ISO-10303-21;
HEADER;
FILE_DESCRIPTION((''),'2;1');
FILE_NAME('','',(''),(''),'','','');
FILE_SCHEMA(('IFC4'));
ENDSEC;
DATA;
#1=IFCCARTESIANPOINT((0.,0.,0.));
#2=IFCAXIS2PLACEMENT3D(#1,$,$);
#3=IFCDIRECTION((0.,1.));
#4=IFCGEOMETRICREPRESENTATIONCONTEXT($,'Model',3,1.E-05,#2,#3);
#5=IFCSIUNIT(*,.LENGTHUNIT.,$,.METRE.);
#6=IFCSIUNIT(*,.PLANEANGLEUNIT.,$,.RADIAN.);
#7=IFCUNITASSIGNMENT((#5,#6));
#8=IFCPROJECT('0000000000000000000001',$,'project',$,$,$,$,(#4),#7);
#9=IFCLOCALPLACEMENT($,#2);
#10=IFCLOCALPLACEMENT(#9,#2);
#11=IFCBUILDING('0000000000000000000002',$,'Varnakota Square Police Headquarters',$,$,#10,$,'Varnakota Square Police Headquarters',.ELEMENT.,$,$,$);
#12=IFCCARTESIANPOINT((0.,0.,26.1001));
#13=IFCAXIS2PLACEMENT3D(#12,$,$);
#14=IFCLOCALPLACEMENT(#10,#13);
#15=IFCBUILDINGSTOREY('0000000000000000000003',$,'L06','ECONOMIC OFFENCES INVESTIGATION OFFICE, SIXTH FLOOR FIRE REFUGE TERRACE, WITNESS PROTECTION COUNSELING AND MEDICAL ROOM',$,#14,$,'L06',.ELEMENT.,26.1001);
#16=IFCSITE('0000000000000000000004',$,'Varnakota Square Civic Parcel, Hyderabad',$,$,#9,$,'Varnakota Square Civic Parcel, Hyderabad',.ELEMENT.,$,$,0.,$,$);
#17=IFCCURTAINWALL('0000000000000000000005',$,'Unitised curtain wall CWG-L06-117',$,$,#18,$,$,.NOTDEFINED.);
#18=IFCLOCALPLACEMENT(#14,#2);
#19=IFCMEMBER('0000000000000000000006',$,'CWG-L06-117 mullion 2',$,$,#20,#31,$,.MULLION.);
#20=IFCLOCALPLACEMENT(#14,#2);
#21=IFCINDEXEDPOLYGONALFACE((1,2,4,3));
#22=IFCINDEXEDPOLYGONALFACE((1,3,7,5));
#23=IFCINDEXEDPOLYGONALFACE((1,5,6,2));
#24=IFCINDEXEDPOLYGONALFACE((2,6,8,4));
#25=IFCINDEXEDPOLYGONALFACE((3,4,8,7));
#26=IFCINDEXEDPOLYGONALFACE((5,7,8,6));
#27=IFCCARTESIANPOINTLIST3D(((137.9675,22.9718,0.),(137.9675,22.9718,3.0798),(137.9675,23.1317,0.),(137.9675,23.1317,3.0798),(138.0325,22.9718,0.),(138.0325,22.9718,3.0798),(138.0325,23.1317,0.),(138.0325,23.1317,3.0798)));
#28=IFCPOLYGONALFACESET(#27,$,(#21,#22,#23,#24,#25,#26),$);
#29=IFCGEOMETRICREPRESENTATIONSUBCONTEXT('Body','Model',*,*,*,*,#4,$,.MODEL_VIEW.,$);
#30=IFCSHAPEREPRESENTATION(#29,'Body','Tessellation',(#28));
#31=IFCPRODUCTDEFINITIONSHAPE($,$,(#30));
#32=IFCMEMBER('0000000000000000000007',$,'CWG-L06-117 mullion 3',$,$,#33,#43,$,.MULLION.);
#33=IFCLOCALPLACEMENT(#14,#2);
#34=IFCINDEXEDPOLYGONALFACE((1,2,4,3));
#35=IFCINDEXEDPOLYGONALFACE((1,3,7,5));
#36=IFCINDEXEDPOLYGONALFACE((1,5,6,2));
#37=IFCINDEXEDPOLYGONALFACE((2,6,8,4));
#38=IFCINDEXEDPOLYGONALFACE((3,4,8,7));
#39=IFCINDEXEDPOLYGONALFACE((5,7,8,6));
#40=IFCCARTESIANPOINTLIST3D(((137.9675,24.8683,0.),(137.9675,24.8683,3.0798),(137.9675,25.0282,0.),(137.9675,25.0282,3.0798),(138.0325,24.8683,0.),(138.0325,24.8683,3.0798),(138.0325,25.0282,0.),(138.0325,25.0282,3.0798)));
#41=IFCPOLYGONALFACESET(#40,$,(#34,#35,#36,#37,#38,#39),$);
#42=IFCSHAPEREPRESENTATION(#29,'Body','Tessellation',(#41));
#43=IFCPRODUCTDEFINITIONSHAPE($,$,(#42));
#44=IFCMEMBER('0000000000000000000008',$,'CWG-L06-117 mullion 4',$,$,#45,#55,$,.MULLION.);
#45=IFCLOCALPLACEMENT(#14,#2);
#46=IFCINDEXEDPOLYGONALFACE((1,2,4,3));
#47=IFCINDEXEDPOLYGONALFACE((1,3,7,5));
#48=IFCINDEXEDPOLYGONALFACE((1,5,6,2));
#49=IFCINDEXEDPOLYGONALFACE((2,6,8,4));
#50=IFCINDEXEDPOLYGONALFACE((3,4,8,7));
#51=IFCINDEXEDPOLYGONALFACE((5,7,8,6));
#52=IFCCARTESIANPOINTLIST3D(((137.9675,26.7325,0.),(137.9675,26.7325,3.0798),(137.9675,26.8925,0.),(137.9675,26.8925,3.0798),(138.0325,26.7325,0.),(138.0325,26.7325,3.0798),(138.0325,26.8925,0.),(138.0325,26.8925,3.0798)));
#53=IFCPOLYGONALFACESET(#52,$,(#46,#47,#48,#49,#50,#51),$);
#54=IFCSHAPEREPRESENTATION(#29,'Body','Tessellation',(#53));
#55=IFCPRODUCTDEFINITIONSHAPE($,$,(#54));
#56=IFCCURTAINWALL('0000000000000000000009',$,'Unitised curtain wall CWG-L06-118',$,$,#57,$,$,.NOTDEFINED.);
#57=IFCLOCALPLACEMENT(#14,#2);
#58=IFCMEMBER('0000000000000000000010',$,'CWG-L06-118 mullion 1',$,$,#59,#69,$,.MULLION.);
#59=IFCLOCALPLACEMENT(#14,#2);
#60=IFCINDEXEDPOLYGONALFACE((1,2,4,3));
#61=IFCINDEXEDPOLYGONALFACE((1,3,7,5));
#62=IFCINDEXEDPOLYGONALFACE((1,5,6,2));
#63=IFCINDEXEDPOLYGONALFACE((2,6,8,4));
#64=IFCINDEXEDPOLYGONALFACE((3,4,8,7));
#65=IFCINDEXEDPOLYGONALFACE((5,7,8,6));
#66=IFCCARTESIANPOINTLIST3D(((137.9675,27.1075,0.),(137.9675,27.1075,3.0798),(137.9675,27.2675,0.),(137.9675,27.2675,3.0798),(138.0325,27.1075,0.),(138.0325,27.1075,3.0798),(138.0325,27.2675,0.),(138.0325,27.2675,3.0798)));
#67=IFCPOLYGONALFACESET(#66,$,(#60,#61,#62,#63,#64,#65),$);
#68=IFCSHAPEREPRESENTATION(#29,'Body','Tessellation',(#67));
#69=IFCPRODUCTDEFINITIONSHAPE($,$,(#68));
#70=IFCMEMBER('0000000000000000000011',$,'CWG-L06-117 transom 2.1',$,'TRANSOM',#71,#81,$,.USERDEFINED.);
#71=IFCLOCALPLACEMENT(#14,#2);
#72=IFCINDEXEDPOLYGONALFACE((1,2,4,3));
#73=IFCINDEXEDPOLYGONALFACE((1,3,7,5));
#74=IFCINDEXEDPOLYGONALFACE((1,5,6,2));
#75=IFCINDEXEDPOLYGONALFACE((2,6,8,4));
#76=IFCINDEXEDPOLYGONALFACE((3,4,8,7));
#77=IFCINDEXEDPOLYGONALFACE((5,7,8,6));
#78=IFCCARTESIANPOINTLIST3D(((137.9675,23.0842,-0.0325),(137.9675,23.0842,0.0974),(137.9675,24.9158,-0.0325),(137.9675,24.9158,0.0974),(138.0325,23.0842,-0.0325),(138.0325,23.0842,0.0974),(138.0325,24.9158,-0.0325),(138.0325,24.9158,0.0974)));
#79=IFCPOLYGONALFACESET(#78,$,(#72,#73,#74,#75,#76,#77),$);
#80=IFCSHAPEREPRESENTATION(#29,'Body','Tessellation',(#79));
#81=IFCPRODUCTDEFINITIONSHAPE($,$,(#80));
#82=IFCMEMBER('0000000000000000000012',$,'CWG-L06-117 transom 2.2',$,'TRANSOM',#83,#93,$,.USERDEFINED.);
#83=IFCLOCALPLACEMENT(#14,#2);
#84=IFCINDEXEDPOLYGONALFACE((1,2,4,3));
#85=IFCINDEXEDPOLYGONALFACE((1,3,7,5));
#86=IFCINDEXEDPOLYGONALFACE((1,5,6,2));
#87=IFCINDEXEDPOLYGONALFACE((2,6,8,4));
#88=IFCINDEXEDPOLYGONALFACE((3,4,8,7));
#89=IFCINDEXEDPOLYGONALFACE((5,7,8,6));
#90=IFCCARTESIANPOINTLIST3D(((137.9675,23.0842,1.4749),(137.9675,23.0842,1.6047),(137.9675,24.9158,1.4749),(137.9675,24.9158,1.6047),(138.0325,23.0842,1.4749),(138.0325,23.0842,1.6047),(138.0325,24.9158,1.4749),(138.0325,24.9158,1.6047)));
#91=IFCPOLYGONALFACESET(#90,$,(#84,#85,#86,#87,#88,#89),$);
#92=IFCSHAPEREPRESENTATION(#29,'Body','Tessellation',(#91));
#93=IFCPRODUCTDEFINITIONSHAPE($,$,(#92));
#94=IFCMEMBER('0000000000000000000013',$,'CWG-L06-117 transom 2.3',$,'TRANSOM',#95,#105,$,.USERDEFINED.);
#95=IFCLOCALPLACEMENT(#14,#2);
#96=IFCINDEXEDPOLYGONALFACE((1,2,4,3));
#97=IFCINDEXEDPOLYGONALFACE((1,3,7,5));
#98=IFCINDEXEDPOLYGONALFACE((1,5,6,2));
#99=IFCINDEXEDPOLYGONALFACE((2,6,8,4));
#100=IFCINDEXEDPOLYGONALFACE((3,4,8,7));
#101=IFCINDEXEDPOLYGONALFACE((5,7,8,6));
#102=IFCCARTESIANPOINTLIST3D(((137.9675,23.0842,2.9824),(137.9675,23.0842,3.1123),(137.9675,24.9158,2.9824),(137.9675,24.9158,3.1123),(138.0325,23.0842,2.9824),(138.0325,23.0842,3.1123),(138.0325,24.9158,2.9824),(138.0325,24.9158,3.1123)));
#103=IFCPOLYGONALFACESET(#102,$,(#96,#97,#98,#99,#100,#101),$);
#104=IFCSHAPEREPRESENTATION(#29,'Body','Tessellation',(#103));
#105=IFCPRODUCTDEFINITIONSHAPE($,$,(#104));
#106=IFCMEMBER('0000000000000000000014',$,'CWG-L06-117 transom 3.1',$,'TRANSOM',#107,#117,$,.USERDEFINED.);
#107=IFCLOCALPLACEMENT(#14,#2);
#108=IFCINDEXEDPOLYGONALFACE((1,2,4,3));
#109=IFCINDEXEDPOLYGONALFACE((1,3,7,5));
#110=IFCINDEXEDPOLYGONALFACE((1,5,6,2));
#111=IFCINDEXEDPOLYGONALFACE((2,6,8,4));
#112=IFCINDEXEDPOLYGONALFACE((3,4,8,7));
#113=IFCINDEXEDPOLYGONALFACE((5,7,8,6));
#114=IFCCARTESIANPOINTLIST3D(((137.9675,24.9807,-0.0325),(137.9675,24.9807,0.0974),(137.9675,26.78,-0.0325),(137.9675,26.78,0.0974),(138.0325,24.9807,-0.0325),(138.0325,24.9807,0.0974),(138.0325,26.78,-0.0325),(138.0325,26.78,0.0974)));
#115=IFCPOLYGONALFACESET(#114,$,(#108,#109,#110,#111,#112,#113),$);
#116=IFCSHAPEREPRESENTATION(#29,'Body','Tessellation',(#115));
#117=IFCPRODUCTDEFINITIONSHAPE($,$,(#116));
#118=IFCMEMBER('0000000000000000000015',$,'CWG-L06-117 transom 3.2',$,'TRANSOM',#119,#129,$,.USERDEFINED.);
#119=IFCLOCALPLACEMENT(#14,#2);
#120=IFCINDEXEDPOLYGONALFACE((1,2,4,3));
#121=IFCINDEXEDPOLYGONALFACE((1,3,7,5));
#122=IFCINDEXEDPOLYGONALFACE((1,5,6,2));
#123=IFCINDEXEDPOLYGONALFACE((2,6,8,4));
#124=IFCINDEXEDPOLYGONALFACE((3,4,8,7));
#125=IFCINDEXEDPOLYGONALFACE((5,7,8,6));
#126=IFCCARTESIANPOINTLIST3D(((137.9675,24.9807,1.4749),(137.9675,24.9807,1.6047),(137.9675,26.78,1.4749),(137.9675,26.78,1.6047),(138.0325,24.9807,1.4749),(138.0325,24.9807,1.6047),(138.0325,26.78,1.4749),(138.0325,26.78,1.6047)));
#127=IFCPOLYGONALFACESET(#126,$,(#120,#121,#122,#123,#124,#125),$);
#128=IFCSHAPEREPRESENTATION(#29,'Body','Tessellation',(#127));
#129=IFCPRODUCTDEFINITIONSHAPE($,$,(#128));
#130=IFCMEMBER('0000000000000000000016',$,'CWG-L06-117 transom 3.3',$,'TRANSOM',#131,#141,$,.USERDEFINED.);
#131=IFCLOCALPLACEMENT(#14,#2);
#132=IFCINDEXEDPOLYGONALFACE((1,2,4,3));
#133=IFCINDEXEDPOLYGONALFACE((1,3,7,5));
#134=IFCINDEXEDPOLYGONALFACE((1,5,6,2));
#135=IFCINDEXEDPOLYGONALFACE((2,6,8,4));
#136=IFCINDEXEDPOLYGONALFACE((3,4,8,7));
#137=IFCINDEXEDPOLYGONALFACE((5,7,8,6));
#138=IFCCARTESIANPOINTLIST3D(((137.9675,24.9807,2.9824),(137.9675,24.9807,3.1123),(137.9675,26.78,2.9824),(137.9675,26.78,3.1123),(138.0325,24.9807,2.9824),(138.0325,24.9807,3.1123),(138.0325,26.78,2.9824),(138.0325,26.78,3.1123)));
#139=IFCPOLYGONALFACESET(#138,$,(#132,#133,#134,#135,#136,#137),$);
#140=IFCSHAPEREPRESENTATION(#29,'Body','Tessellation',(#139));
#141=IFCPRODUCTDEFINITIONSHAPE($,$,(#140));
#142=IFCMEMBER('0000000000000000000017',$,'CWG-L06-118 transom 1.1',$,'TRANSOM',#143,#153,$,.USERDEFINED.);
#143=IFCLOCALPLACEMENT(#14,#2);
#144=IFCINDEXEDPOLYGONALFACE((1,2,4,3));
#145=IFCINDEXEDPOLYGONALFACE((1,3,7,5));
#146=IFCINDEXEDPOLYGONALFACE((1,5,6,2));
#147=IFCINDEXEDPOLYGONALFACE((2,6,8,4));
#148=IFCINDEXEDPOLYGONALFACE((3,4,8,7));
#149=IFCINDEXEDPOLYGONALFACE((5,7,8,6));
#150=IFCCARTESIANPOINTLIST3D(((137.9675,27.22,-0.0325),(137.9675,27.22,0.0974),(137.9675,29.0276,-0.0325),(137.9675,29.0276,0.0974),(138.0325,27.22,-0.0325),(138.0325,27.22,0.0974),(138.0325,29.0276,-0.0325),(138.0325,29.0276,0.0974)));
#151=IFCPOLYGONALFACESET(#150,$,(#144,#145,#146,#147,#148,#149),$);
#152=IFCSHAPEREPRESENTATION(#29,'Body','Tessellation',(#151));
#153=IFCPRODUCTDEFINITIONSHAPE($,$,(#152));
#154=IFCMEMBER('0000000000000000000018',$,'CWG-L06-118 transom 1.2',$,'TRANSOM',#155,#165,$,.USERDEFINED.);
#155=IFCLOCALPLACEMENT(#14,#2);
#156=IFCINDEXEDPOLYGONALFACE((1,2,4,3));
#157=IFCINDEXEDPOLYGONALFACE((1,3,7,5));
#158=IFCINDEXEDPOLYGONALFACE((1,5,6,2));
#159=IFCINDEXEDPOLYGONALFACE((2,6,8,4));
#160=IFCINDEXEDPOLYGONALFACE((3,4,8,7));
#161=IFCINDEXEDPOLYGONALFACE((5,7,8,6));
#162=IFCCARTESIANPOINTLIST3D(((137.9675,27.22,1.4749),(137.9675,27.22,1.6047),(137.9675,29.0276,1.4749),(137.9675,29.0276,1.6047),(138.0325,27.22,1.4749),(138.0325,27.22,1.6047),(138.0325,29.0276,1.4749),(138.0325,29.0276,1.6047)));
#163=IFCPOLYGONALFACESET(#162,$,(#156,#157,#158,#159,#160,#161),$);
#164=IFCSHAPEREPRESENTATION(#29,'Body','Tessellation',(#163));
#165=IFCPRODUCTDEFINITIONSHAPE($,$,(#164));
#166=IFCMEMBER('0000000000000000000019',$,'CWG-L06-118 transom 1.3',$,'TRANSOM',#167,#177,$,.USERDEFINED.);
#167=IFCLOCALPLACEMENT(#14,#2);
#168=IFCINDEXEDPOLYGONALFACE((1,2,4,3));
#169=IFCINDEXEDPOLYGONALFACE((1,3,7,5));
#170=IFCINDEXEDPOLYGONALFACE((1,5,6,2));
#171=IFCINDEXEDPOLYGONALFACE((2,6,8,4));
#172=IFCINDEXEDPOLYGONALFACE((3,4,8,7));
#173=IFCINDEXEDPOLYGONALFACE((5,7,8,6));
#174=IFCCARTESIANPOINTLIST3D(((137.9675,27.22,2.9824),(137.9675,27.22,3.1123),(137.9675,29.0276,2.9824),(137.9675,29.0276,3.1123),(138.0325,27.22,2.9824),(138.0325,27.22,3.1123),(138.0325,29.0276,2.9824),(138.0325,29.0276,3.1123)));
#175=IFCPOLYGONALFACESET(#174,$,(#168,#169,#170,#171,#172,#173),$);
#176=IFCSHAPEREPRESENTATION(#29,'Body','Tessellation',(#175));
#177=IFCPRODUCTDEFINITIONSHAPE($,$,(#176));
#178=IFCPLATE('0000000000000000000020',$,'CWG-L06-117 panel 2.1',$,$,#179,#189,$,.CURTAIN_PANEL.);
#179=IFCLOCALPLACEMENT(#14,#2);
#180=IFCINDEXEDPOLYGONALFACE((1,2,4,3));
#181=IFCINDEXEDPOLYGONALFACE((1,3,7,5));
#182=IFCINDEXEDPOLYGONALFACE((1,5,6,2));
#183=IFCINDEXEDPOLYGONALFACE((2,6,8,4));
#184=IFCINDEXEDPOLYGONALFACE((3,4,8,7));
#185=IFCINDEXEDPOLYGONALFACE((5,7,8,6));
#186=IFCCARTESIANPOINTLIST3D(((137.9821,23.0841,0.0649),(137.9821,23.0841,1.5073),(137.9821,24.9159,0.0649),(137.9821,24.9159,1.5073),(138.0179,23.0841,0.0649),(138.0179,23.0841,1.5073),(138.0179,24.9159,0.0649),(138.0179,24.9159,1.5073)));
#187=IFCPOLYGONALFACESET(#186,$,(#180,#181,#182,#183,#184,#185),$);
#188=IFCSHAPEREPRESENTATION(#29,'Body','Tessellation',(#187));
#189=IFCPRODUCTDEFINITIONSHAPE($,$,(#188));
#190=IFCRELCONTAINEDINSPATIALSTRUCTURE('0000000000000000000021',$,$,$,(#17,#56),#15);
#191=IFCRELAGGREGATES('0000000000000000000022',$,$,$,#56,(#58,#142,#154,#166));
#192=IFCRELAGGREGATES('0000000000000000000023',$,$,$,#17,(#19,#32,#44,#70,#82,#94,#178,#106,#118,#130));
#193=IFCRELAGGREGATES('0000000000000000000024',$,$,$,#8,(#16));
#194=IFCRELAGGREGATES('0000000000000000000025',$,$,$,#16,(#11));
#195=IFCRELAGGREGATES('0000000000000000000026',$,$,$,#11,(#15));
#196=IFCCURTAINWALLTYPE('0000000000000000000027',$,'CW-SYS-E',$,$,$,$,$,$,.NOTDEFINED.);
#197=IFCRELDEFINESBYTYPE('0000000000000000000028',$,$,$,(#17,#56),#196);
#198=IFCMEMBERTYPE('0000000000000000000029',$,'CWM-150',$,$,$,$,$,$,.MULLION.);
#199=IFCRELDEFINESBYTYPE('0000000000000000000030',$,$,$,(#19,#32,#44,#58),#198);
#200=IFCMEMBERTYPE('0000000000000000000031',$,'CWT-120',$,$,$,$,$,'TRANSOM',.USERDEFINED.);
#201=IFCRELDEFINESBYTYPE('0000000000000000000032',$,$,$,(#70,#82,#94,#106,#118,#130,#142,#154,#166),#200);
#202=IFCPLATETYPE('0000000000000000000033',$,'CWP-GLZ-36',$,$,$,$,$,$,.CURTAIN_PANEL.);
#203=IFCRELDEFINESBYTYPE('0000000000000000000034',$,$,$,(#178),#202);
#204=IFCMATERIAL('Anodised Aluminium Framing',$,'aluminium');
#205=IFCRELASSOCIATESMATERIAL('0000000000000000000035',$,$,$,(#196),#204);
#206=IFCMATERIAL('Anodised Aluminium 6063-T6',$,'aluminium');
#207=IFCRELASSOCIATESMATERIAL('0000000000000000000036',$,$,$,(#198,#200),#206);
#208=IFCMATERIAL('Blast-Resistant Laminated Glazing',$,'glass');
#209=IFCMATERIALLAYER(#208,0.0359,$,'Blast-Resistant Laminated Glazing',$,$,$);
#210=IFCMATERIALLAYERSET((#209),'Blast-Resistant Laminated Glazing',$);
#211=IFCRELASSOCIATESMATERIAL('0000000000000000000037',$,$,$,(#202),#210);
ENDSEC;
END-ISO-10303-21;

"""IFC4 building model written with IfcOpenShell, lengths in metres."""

from ifc_helpers import new_model, si_unit, direction, frame, origin, origin_2d, place, context, subcontext, project, spatial, rectangle, extrude, material, layer, layer_set, material_profile, profile_set, type_object, element, aggregate, save


model = new_model("IFC4")

# Units and contexts
model_context = context("Model", 3, precision=1e-05, world=origin(), true_north=direction((0.0, 1.0)))
body_context = subcontext(model_context, "Body", "Model", "MODEL_VIEW")
ifc_project = project(units=[si_unit("LENGTHUNIT", "METRE"), si_unit("PLANEANGLEUNIT", "RADIAN")], contexts=[model_context])

# Site, building, storey
site_placement = place(None, origin())
site = spatial("IfcSite", under=ifc_project, at=site_placement, Name="Varnakota Square Civic Parcel, Hyderabad", LongName="Varnakota Square Civic Parcel, Hyderabad", CompositionType="ELEMENT", RefElevation=0.0)
building_placement = place(site_placement, origin())
building = spatial("IfcBuilding", under=site, at=building_placement, Name="Varnakota Square Police Headquarters", LongName="Varnakota Square Police Headquarters", CompositionType="ELEMENT")
storey_placement = place(building_placement, frame((0.0, 0.0, 26.1001)))
storey = spatial("IfcBuildingStorey", under=building, at=storey_placement, Name="L06", Description="ECONOMIC OFFENCES INVESTIGATION OFFICE, SIXTH FLOOR FIRE REFUGE TERRACE, WITNESS PROTECTION COUNSELING AND MEDICAL ROOM", LongName="L06", CompositionType="ELEMENT", Elevation=26.1001)

# Curtain wall, members
ifc_material_1 = material(Name="Anodised Aluminium Framing", Category="aluminium")
curtain_wall_type = type_object("IfcCurtainWallType", Name="CW-SYS-E", PredefinedType="NOTDEFINED", material=ifc_material_1)
curtain_wall_1_placement = place(storey_placement, origin())
curtain_wall_1 = element("IfcCurtainWall", 1, at=curtain_wall_1_placement, inside=storey, type_object=curtain_wall_type, Name="Unitised curtain wall CWG-L06-117", PredefinedType="NOTDEFINED")
ifc_material_2 = material(Name="Anodised Aluminium 6063-T6", Category="aluminium")
ifc_material_profile_1 = material_profile(ifc_material_2, rectangle(XDim=0.0649, YDim=0.1599, at=origin_2d()), Name="ALU MULLION 65x160")
ifc_profile_set_1 = profile_set([ifc_material_profile_1], Name="Anodised Aluminium 6063-T6")
member_type_1 = type_object("IfcMemberType", Name="CWM-150", PredefinedType="MULLION", material=ifc_profile_set_1)
member_1_placement = place(storey_placement, frame((138.0, 23.0518, 0.0), z_axis=(0.0, 0.0, 1.0), x_axis=(-1.0, 0.0, 0.0)))
member_1 = element("IfcMember", 2, at=member_1_placement, type_object=member_type_1, Name="CWG-L06-117 mullion 2", PredefinedType="MULLION", context=body_context, shape_type="SweptSolid", body=[
    extrude(rectangle(XDim=0.0649, YDim=0.1599, at=origin_2d()), origin(), (0.0, 0.0, 1.0), 3.0798),
])
member_2_placement = place(storey_placement, frame((138.0, 24.9482, 0.0), z_axis=(0.0, 0.0, 1.0), x_axis=(-1.0, 0.0, 0.0)))
member_2 = element("IfcMember", 3, at=member_2_placement, type_object=member_type_1, Name="CWG-L06-117 mullion 3", PredefinedType="MULLION", context=body_context, shape_type="SweptSolid", body=[
    extrude(rectangle(XDim=0.0649, YDim=0.1599, at=origin_2d()), origin(), (0.0, 0.0, 1.0), 3.0798),
])
member_3_placement = place(storey_placement, frame((138.0, 26.8125, 0.0), z_axis=(0.0, 0.0, 1.0), x_axis=(-1.0, 0.0, 0.0)))
member_3 = element("IfcMember", 4, at=member_3_placement, type_object=member_type_1, Name="CWG-L06-117 mullion 4", PredefinedType="MULLION", context=body_context, shape_type="SweptSolid", body=[
    extrude(rectangle(XDim=0.0649, YDim=0.1599, at=origin_2d()), origin(), (0.0, 0.0, 1.0), 3.0798),
])

# Curtain wall, member
curtain_wall_2_placement = place(storey_placement, origin())
curtain_wall_2 = element("IfcCurtainWall", 5, at=curtain_wall_2_placement, inside=storey, type_object=curtain_wall_type, Name="Unitised curtain wall CWG-L06-118", PredefinedType="NOTDEFINED")
member_4_placement = place(storey_placement, frame((138.0, 27.1875, 0.0), z_axis=(0.0, 0.0, 1.0), x_axis=(-1.0, 0.0, 0.0)))
member_4 = element("IfcMember", 6, at=member_4_placement, type_object=member_type_1, Name="CWG-L06-118 mullion 1", PredefinedType="MULLION", context=body_context, shape_type="SweptSolid", body=[
    extrude(rectangle(XDim=0.0649, YDim=0.1599, at=origin_2d()), origin(), (0.0, 0.0, 1.0), 3.0798),
])

# Members
ifc_material_profile_2 = material_profile(ifc_material_2, rectangle(XDim=0.0649, YDim=0.1299, at=origin_2d()), Name="ALU TRANSOM 65x130")
ifc_profile_set_2 = profile_set([ifc_material_profile_2], Name="Anodised Aluminium 6063-T6")
member_type_2 = type_object("IfcMemberType", Name="CWT-120", ElementType="TRANSOM", PredefinedType="USERDEFINED", material=ifc_profile_set_2)
member_5_placement = place(storey_placement, frame((138.0, 23.0842, 0.0325), z_axis=(0.0, 1.0, 0.0), x_axis=(-1.0, 0.0, 0.0)))
member_5 = element("IfcMember", 7, at=member_5_placement, type_object=member_type_2, Name="CWG-L06-117 transom 2.1", ObjectType="TRANSOM", PredefinedType="USERDEFINED", context=body_context, shape_type="SweptSolid", body=[
    extrude(rectangle(XDim=0.0649, YDim=0.1299, at=origin_2d()), origin(), (0.0, 0.0, 1.0), 1.8315),
])
member_6_placement = place(storey_placement, frame((138.0, 23.0842, 1.5398), z_axis=(0.0, 1.0, 0.0), x_axis=(-1.0, 0.0, 0.0)))
member_6 = element("IfcMember", 8, at=member_6_placement, type_object=member_type_2, Name="CWG-L06-117 transom 2.2", ObjectType="TRANSOM", PredefinedType="USERDEFINED", context=body_context, shape_type="SweptSolid", body=[
    extrude(rectangle(XDim=0.0649, YDim=0.1299, at=origin_2d()), origin(), (0.0, 0.0, 1.0), 1.8315),
])
member_7_placement = place(storey_placement, frame((138.0, 23.0842, 3.0474), z_axis=(0.0, 1.0, 0.0), x_axis=(-1.0, 0.0, 0.0)))
member_7 = element("IfcMember", 9, at=member_7_placement, type_object=member_type_2, Name="CWG-L06-117 transom 2.3", ObjectType="TRANSOM", PredefinedType="USERDEFINED", context=body_context, shape_type="SweptSolid", body=[
    extrude(rectangle(XDim=0.0649, YDim=0.1299, at=origin_2d()), origin(), (0.0, 0.0, 1.0), 1.8315),
])
member_8_placement = place(storey_placement, frame((138.0, 24.9807, 0.0325), z_axis=(0.0, 1.0, 0.0), x_axis=(-1.0, 0.0, 0.0)))
member_8 = element("IfcMember", 10, at=member_8_placement, type_object=member_type_2, Name="CWG-L06-117 transom 3.1", ObjectType="TRANSOM", PredefinedType="USERDEFINED", context=body_context, shape_type="SweptSolid", body=[
    extrude(rectangle(XDim=0.0649, YDim=0.1299, at=origin_2d()), origin(), (0.0, 0.0, 1.0), 1.7993),
])
member_9_placement = place(storey_placement, frame((138.0, 24.9807, 1.5398), z_axis=(0.0, 1.0, 0.0), x_axis=(-1.0, 0.0, 0.0)))
member_9 = element("IfcMember", 11, at=member_9_placement, type_object=member_type_2, Name="CWG-L06-117 transom 3.2", ObjectType="TRANSOM", PredefinedType="USERDEFINED", context=body_context, shape_type="SweptSolid", body=[
    extrude(rectangle(XDim=0.0649, YDim=0.1299, at=origin_2d()), origin(), (0.0, 0.0, 1.0), 1.7993),
])
member_10_placement = place(storey_placement, frame((138.0, 24.9807, 3.0474), z_axis=(0.0, 1.0, 0.0), x_axis=(-1.0, 0.0, 0.0)))
member_10 = element("IfcMember", 12, at=member_10_placement, type_object=member_type_2, Name="CWG-L06-117 transom 3.3", ObjectType="TRANSOM", PredefinedType="USERDEFINED", context=body_context, shape_type="SweptSolid", body=[
    extrude(rectangle(XDim=0.0649, YDim=0.1299, at=origin_2d()), origin(), (0.0, 0.0, 1.0), 1.7993),
])
member_11_placement = place(storey_placement, frame((138.0, 27.22, 0.0325), z_axis=(0.0, 1.0, 0.0), x_axis=(-1.0, 0.0, 0.0)))
member_11 = element("IfcMember", 13, at=member_11_placement, type_object=member_type_2, Name="CWG-L06-118 transom 1.1", ObjectType="TRANSOM", PredefinedType="USERDEFINED", context=body_context, shape_type="SweptSolid", body=[
    extrude(rectangle(XDim=0.0649, YDim=0.1299, at=origin_2d()), origin(), (0.0, 0.0, 1.0), 1.8076),
])
member_12_placement = place(storey_placement, frame((138.0, 27.22, 1.5398), z_axis=(0.0, 1.0, 0.0), x_axis=(-1.0, 0.0, 0.0)))
member_12 = element("IfcMember", 14, at=member_12_placement, type_object=member_type_2, Name="CWG-L06-118 transom 1.2", ObjectType="TRANSOM", PredefinedType="USERDEFINED", context=body_context, shape_type="SweptSolid", body=[
    extrude(rectangle(XDim=0.0649, YDim=0.1299, at=origin_2d()), origin(), (0.0, 0.0, 1.0), 1.8076),
])
member_13_placement = place(storey_placement, frame((138.0, 27.22, 3.0474), z_axis=(0.0, 1.0, 0.0), x_axis=(-1.0, 0.0, 0.0)))
member_13 = element("IfcMember", 15, at=member_13_placement, type_object=member_type_2, Name="CWG-L06-118 transom 1.3", ObjectType="TRANSOM", PredefinedType="USERDEFINED", context=body_context, shape_type="SweptSolid", body=[
    extrude(rectangle(XDim=0.0649, YDim=0.1299, at=origin_2d()), origin(), (0.0, 0.0, 1.0), 1.8076),
])

# Plate
ifc_material_3 = material(Name="Blast-Resistant Laminated Glazing", Category="glass")
ifc_layer_1 = layer(ifc_material_3, 0.0359, Name="Blast-Resistant Laminated Glazing")
ifc_layer_set_1 = layer_set([ifc_layer_1], Name="Blast-Resistant Laminated Glazing")
plate_type_1 = type_object("IfcPlateType", Name="CWP-GLZ-36", PredefinedType="CURTAIN_PANEL", material=ifc_layer_set_1)
plate_1_placement = place(storey_placement, frame((138.0, 24.0, 0.0649), z_axis=(0.0, 0.0, 1.0), x_axis=(0.0, 1.0, 0.0)))
plate_1 = element("IfcPlate", 16, at=plate_1_placement, type_object=plate_type_1, Name="CWG-L06-117 panel 2.1", PredefinedType="CURTAIN_PANEL", context=body_context, shape_type="SweptSolid", body=[
    extrude(rectangle(XDim=1.8318, YDim=0.0359, at=origin_2d()), origin(), (0.0, 0.0, 1.0), 1.4424),
])
aggregate(curtain_wall_2, [member_4, member_11, member_12, member_13])
aggregate(curtain_wall_1, [member_1, member_2, member_3, member_5, member_6, member_7, plate_1, member_8, member_9, member_10])

save(model, "model.ifc")
